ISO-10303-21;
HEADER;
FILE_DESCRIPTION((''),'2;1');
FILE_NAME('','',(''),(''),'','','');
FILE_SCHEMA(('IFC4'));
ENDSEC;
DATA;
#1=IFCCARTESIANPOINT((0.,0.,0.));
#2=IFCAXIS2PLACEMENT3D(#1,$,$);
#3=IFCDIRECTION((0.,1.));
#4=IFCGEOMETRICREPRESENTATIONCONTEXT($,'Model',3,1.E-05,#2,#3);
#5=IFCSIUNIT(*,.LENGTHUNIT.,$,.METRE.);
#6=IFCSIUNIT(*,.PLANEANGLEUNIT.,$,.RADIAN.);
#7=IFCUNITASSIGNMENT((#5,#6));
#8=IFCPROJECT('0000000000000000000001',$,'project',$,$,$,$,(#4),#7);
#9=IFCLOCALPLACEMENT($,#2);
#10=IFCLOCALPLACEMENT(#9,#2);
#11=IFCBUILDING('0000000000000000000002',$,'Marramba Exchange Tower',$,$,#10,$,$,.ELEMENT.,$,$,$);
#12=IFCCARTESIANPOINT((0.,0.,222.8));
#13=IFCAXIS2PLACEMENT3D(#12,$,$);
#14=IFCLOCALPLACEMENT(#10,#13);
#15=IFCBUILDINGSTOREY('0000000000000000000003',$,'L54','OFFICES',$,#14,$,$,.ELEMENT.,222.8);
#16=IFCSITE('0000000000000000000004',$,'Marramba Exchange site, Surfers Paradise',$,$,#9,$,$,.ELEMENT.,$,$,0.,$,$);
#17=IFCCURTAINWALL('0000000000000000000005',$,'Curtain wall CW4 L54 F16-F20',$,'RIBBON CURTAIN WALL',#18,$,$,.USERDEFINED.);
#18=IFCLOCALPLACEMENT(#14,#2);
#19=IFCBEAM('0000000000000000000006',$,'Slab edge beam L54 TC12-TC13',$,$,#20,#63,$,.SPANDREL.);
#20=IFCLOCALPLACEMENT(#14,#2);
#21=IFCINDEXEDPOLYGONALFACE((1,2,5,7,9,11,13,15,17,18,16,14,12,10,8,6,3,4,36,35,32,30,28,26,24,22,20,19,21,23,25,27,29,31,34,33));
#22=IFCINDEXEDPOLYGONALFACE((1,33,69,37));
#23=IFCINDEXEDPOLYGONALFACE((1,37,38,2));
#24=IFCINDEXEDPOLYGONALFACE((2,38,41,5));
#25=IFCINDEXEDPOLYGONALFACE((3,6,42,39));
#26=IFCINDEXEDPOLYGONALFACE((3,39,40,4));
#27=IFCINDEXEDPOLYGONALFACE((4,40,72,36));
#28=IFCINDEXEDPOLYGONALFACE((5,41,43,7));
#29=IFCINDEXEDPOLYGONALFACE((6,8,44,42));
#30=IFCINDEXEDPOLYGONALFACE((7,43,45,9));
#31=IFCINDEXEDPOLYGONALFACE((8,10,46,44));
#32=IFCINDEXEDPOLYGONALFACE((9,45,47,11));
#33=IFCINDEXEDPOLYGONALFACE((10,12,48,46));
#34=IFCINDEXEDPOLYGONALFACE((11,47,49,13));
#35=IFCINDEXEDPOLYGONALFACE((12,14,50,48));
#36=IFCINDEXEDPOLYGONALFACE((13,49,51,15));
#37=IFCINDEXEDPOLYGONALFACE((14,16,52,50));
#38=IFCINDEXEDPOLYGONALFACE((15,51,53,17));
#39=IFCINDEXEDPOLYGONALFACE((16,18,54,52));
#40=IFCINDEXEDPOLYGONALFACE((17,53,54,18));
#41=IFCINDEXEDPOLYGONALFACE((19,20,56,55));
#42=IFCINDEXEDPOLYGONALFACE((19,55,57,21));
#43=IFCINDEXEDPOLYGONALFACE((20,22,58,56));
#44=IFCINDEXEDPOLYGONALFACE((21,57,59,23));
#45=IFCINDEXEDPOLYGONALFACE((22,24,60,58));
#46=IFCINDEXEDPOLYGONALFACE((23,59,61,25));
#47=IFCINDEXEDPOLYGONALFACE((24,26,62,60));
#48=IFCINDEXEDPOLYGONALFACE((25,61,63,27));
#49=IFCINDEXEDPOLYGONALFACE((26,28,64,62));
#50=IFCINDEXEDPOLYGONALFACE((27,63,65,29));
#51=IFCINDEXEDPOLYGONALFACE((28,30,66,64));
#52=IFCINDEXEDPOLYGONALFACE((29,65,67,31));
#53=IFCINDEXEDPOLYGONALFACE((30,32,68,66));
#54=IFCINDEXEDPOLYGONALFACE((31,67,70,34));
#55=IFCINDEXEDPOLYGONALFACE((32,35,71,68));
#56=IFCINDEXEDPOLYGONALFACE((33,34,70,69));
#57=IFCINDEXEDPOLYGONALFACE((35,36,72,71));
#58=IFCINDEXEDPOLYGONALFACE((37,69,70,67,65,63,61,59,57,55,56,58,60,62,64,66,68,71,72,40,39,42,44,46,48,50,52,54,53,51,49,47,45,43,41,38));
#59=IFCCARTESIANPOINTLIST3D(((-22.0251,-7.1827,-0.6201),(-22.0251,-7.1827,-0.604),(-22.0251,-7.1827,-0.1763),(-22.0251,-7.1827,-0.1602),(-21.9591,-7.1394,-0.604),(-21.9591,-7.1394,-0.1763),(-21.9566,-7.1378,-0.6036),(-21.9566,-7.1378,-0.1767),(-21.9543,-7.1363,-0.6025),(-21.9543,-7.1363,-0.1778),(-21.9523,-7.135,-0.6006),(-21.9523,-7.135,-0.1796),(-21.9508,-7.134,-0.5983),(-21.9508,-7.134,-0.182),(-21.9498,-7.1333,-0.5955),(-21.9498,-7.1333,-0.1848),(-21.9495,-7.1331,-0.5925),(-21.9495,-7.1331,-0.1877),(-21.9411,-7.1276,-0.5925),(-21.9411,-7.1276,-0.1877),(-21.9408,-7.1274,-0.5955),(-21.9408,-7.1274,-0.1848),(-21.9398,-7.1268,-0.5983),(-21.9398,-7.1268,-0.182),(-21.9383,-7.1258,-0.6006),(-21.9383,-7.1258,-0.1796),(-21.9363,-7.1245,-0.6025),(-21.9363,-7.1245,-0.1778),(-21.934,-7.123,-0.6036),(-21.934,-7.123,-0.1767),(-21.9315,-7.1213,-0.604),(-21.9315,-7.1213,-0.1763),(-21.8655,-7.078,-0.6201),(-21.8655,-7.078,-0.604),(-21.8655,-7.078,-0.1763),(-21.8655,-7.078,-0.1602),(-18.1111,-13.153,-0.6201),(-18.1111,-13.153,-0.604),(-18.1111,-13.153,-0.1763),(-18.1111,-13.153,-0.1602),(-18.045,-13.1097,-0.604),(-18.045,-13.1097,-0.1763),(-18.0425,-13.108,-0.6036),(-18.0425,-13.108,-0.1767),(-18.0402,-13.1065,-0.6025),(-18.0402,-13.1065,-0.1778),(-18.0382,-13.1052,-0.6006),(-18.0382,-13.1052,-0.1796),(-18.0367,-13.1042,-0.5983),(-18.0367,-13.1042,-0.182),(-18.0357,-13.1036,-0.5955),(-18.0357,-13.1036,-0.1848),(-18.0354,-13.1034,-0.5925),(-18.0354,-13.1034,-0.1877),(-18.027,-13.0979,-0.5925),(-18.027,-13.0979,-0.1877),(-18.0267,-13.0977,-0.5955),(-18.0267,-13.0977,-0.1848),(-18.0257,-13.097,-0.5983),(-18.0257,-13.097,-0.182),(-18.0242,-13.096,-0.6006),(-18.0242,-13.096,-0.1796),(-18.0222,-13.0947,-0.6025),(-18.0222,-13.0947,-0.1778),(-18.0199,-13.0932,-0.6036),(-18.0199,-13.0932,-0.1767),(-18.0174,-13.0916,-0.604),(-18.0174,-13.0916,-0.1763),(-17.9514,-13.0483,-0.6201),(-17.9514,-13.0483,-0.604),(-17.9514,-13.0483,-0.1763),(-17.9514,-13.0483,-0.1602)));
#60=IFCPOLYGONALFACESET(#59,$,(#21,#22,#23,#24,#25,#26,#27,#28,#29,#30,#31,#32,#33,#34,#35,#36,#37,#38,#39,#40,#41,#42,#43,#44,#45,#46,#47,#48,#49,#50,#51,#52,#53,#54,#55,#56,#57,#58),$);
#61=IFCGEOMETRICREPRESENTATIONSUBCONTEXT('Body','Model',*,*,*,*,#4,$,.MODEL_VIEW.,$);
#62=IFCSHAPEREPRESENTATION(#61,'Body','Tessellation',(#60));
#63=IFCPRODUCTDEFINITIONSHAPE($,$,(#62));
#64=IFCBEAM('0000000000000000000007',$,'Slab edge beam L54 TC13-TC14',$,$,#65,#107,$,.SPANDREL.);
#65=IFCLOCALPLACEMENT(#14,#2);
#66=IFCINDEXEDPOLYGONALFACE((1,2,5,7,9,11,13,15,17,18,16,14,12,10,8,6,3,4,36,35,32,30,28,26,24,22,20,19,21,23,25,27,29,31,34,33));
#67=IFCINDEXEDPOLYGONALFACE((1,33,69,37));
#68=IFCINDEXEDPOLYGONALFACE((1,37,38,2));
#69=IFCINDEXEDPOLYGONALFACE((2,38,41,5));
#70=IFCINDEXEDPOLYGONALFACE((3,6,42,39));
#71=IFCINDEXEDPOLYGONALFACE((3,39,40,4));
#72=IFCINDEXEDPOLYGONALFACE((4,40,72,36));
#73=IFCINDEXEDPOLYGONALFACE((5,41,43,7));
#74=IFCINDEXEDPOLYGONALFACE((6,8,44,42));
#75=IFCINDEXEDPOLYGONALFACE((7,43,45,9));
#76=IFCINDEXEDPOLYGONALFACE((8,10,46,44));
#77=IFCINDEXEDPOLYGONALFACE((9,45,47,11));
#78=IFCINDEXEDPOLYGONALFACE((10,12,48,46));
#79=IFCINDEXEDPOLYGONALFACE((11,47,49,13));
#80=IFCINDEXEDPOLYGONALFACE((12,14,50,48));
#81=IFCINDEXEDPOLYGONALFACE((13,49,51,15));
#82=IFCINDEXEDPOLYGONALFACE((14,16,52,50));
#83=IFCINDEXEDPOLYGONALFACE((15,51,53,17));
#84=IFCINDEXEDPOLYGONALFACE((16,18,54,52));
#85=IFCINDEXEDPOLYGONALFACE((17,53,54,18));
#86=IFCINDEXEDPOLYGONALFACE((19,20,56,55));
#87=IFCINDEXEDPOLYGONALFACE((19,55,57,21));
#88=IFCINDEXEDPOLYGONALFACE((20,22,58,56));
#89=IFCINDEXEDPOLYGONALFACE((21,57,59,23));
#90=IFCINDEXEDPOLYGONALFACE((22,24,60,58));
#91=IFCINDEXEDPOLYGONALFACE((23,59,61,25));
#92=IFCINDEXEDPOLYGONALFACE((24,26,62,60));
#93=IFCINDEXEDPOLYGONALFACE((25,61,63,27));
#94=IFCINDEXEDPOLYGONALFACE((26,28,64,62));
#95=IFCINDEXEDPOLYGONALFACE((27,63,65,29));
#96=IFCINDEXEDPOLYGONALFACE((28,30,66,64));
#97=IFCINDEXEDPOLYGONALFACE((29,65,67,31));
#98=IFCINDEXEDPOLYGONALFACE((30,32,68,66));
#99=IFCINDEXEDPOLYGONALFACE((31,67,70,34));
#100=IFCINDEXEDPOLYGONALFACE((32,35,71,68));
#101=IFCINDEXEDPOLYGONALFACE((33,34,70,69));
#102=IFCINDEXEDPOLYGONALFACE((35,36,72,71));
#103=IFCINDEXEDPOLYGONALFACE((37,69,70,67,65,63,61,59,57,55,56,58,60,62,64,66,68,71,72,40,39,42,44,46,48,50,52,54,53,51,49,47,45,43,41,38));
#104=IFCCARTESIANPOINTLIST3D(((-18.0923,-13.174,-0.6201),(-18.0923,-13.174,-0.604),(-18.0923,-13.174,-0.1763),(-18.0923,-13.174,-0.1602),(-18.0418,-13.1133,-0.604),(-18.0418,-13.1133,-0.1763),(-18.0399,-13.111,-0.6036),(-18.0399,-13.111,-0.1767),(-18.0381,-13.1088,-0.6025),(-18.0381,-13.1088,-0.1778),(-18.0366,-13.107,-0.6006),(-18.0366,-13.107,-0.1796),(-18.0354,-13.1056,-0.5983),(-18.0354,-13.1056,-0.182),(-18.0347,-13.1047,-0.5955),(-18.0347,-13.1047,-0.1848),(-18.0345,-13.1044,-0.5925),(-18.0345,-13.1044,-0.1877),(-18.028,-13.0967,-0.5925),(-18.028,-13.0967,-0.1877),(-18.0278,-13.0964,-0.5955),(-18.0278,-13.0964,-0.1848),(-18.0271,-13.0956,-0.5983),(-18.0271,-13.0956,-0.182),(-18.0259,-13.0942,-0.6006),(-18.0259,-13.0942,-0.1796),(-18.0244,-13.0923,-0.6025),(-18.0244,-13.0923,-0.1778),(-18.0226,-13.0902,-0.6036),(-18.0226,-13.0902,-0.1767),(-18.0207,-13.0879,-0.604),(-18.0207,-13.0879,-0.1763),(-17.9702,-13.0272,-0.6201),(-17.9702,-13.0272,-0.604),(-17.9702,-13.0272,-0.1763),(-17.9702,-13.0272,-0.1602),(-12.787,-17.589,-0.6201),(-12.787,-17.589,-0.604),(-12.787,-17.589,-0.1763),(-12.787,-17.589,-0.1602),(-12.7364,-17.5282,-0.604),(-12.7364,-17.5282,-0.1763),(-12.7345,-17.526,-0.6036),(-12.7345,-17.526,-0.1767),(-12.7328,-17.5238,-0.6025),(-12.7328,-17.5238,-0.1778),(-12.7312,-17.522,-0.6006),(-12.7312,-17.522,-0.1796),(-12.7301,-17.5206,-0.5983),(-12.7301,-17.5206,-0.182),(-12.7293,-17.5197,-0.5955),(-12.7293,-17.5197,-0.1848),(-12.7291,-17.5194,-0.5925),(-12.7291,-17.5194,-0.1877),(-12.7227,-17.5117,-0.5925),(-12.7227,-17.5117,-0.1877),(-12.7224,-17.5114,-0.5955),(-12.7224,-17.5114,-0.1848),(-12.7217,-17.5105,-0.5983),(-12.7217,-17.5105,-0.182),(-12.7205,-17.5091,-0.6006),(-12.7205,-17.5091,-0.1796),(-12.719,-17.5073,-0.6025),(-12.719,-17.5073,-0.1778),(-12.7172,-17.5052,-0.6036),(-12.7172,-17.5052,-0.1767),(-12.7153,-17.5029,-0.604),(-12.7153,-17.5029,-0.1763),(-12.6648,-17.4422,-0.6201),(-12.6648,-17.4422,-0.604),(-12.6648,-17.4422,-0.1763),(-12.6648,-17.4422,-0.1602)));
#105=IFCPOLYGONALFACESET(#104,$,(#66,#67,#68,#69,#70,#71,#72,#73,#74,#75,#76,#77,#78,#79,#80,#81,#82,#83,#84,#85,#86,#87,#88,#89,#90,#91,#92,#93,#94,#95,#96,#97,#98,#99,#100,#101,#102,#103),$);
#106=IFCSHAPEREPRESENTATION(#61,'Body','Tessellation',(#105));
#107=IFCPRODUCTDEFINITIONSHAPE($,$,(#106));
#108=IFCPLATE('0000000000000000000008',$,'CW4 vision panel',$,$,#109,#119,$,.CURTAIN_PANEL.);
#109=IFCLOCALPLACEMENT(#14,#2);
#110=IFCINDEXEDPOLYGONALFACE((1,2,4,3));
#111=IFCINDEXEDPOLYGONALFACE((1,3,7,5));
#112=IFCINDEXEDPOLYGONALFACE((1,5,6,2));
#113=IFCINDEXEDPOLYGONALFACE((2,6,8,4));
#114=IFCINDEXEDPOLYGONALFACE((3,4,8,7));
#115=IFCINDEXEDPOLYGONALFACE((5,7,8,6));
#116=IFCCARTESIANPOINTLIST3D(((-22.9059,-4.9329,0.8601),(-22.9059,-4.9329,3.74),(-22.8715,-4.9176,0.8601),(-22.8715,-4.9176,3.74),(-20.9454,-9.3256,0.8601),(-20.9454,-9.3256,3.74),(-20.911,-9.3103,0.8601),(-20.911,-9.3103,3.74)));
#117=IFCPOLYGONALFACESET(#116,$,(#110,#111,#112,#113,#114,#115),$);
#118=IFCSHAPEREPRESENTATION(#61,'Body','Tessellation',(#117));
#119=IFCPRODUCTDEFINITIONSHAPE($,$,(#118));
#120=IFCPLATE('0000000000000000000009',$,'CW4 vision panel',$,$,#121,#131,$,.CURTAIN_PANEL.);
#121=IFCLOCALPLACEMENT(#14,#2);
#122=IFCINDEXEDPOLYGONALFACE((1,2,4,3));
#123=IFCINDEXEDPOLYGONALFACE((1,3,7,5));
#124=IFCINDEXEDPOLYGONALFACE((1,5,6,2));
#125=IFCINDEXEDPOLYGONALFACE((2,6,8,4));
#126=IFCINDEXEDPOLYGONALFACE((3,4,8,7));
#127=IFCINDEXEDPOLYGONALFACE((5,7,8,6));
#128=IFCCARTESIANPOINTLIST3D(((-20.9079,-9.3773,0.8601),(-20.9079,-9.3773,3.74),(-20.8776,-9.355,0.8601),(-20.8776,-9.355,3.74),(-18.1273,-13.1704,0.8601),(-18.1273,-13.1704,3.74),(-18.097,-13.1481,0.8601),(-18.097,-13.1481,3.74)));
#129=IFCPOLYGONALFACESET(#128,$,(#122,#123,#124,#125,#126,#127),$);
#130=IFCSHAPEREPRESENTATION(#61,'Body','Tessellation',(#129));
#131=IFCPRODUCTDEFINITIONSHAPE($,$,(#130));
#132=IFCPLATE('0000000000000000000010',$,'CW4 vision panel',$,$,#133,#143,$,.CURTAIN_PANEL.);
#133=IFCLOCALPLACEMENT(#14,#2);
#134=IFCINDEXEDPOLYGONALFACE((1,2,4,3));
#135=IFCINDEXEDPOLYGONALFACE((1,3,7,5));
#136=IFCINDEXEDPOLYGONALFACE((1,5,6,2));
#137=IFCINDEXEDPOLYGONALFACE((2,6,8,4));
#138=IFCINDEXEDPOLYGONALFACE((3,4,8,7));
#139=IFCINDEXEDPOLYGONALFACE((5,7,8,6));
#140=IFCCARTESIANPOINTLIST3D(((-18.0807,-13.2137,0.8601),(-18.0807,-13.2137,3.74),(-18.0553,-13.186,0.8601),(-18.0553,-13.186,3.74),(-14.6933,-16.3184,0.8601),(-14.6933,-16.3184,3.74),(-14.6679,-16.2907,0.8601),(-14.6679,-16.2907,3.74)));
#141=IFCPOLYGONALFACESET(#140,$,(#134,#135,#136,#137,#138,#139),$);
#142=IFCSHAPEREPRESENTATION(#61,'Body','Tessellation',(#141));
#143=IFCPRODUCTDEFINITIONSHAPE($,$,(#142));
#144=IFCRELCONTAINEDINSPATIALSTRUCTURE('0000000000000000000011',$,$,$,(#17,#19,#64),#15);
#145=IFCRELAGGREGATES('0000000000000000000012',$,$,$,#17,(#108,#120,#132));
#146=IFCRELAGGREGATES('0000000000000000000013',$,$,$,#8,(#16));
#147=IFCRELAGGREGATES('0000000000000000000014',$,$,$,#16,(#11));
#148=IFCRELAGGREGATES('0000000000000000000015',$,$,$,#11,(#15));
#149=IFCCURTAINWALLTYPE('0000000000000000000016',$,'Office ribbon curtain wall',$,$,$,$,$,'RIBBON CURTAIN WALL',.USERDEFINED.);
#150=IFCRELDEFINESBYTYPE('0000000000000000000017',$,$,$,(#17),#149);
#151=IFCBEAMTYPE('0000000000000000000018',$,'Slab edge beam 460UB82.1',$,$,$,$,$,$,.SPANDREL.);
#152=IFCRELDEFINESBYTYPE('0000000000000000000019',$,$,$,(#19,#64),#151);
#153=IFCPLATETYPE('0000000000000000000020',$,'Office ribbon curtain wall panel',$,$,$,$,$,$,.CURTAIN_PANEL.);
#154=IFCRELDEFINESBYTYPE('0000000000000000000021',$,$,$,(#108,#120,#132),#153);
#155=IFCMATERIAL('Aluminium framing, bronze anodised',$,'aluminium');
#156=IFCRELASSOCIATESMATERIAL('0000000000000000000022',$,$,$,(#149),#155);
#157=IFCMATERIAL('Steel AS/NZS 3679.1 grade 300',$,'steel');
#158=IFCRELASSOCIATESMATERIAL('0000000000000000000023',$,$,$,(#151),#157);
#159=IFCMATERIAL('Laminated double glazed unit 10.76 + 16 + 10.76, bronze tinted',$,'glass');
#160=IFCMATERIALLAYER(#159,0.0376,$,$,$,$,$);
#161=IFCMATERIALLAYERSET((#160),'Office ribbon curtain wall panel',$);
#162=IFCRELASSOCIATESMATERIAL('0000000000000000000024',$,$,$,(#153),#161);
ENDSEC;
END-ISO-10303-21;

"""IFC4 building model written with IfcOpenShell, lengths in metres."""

from ifc_helpers import new_model, si_unit, direction, frame, origin, origin_2d, place, context, subcontext, project, spatial, rectangle, i_section, extrude, material, layer, layer_set, material_profile, profile_set, type_object, element, aggregate, save


model = new_model("IFC4")

# Units and contexts
model_context = context("Model", 3, precision=1e-05, world=origin(), true_north=direction((0.0, 1.0)))
body_context = subcontext(model_context, "Body", "Model", "MODEL_VIEW")
ifc_project = project(units=[si_unit("LENGTHUNIT", "METRE"), si_unit("PLANEANGLEUNIT", "RADIAN")], contexts=[model_context])

# Site, building, storey
site_placement = place(None, origin())
site = spatial("IfcSite", under=ifc_project, at=site_placement, Name="Marramba Exchange site, Surfers Paradise", CompositionType="ELEMENT", RefElevation=0.0)
building_placement = place(site_placement, origin())
building = spatial("IfcBuilding", under=site, at=building_placement, Name="Marramba Exchange Tower", CompositionType="ELEMENT")
storey_placement = place(building_placement, frame((0.0, 0.0, 222.8)))
storey = spatial("IfcBuildingStorey", under=building, at=storey_placement, Name="L54", Description="OFFICES", CompositionType="ELEMENT", Elevation=222.8)

# Curtain wall
ifc_material_1 = material(Name="Aluminium framing, bronze anodised", Category="aluminium")
curtain_wall_type = type_object("IfcCurtainWallType", Name="Office ribbon curtain wall", ElementType="RIBBON CURTAIN WALL", PredefinedType="USERDEFINED", material=ifc_material_1)
curtain_wall_placement = place(storey_placement, origin())
curtain_wall = element("IfcCurtainWall", 1, at=curtain_wall_placement, inside=storey, type_object=curtain_wall_type, Name="Curtain wall CW4 L54 F16-F20", ObjectType="RIBBON CURTAIN WALL", PredefinedType="USERDEFINED")

# Beams
ifc_material_2 = material(Name="Steel AS/NZS 3679.1 grade 300", Category="steel")
ifc_material_profile_1 = material_profile(ifc_material_2, i_section(OverallWidth=0.1909, OverallDepth=0.46, WebThickness=0.01, FlangeThickness=0.0161, FilletRadius=0.0115, at=origin_2d()), Name="460UB82.1")
ifc_profile_set_1 = profile_set([ifc_material_profile_1], Name="Steel AS/NZS 3679.1 grade 300")
beam_type_1 = type_object("IfcBeamType", Name="Slab edge beam 460UB82.1", PredefinedType="SPANDREL", material=ifc_profile_set_1)
beam_1_placement = place(storey_placement, frame((-21.9453, -7.1304, -0.3901), z_axis=(0.548275, -0.836298, 0.0), x_axis=(0.836298, 0.548275, 0.0)))
element("IfcBeam", 2, at=beam_1_placement, inside=storey, type_object=beam_type_1, Name="Slab edge beam L54 TC12-TC13", PredefinedType="SPANDREL", context=body_context, shape_type="SweptSolid", body=[
    extrude(i_section(OverallWidth=0.1909, OverallDepth=0.46, WebThickness=0.01, FlangeThickness=0.0161, FilletRadius=0.0115, at=origin_2d()), origin(), (0.0, 0.0, 1.0), 7.1389),
])
beam_2_placement = place(storey_placement, frame((-18.0312, -13.1006, -0.3901), z_axis=(0.768659, -0.639659, 0.0), x_axis=(0.639659, 0.768659, 0.0)))
element("IfcBeam", 3, at=beam_2_placement, inside=storey, type_object=beam_type_1, Name="Slab edge beam L54 TC13-TC14", PredefinedType="SPANDREL", context=body_context, shape_type="SweptSolid", body=[
    extrude(i_section(OverallWidth=0.1909, OverallDepth=0.46, WebThickness=0.01, FlangeThickness=0.0161, FilletRadius=0.0115, at=origin_2d()), origin(), (0.0, 0.0, 1.0), 6.9021),
])

# Plates
ifc_material_3 = material(Name="Laminated double glazed unit 10.76 + 16 + 10.76, bronze tinted", Category="glass")
ifc_layer_1 = layer(ifc_material_3, 0.0376)
ifc_layer_set_1 = layer_set([ifc_layer_1], Name="Office ribbon curtain wall panel")
plate_type = type_object("IfcPlateType", Name="Office ribbon curtain wall panel", PredefinedType="CURTAIN_PANEL", material=ifc_layer_set_1)
plate_1_placement = place(storey_placement, frame((-21.9084, -7.1216, 0.8601), z_axis=(0.0, 0.0, 1.0), x_axis=(0.407558, -0.91318, 0.0)))
plate_1 = element("IfcPlate", 4, at=plate_1_placement, type_object=plate_type, Name="CW4 vision panel", PredefinedType="CURTAIN_PANEL", context=body_context, shape_type="SweptSolid", body=[
    extrude(rectangle(XDim=4.8103, YDim=0.0376, at=origin_2d()), origin(), (0.0, 0.0, 1.0), 2.8799),
])
plate_2_placement = place(storey_placement, frame((-19.5024, -11.2627, 0.8601), z_axis=(0.0, 0.0, 1.0), x_axis=(0.591223, -0.806508, 0.0)))
plate_2 = element("IfcPlate", 5, at=plate_2_placement, type_object=plate_type, Name="CW4 vision panel", PredefinedType="CURTAIN_PANEL", context=body_context, shape_type="SweptSolid", body=[
    extrude(rectangle(XDim=4.7031, YDim=0.0376, at=origin_2d()), origin(), (0.0, 0.0, 1.0), 2.8799),
])
plate_3_placement = place(storey_placement, frame((-16.3743, -14.7522, 0.8601), z_axis=(0.0, 0.0, 1.0), x_axis=(0.737203, -0.675671, 0.0)))
plate_3 = element("IfcPlate", 6, at=plate_3_placement, type_object=plate_type, Name="CW4 vision panel", PredefinedType="CURTAIN_PANEL", context=body_context, shape_type="SweptSolid", body=[
    extrude(rectangle(XDim=4.595, YDim=0.0376, at=origin_2d()), origin(), (0.0, 0.0, 1.0), 2.8799),
])
aggregate(curtain_wall, [plate_1, plate_2, plate_3])

save(model, "model.ifc")
